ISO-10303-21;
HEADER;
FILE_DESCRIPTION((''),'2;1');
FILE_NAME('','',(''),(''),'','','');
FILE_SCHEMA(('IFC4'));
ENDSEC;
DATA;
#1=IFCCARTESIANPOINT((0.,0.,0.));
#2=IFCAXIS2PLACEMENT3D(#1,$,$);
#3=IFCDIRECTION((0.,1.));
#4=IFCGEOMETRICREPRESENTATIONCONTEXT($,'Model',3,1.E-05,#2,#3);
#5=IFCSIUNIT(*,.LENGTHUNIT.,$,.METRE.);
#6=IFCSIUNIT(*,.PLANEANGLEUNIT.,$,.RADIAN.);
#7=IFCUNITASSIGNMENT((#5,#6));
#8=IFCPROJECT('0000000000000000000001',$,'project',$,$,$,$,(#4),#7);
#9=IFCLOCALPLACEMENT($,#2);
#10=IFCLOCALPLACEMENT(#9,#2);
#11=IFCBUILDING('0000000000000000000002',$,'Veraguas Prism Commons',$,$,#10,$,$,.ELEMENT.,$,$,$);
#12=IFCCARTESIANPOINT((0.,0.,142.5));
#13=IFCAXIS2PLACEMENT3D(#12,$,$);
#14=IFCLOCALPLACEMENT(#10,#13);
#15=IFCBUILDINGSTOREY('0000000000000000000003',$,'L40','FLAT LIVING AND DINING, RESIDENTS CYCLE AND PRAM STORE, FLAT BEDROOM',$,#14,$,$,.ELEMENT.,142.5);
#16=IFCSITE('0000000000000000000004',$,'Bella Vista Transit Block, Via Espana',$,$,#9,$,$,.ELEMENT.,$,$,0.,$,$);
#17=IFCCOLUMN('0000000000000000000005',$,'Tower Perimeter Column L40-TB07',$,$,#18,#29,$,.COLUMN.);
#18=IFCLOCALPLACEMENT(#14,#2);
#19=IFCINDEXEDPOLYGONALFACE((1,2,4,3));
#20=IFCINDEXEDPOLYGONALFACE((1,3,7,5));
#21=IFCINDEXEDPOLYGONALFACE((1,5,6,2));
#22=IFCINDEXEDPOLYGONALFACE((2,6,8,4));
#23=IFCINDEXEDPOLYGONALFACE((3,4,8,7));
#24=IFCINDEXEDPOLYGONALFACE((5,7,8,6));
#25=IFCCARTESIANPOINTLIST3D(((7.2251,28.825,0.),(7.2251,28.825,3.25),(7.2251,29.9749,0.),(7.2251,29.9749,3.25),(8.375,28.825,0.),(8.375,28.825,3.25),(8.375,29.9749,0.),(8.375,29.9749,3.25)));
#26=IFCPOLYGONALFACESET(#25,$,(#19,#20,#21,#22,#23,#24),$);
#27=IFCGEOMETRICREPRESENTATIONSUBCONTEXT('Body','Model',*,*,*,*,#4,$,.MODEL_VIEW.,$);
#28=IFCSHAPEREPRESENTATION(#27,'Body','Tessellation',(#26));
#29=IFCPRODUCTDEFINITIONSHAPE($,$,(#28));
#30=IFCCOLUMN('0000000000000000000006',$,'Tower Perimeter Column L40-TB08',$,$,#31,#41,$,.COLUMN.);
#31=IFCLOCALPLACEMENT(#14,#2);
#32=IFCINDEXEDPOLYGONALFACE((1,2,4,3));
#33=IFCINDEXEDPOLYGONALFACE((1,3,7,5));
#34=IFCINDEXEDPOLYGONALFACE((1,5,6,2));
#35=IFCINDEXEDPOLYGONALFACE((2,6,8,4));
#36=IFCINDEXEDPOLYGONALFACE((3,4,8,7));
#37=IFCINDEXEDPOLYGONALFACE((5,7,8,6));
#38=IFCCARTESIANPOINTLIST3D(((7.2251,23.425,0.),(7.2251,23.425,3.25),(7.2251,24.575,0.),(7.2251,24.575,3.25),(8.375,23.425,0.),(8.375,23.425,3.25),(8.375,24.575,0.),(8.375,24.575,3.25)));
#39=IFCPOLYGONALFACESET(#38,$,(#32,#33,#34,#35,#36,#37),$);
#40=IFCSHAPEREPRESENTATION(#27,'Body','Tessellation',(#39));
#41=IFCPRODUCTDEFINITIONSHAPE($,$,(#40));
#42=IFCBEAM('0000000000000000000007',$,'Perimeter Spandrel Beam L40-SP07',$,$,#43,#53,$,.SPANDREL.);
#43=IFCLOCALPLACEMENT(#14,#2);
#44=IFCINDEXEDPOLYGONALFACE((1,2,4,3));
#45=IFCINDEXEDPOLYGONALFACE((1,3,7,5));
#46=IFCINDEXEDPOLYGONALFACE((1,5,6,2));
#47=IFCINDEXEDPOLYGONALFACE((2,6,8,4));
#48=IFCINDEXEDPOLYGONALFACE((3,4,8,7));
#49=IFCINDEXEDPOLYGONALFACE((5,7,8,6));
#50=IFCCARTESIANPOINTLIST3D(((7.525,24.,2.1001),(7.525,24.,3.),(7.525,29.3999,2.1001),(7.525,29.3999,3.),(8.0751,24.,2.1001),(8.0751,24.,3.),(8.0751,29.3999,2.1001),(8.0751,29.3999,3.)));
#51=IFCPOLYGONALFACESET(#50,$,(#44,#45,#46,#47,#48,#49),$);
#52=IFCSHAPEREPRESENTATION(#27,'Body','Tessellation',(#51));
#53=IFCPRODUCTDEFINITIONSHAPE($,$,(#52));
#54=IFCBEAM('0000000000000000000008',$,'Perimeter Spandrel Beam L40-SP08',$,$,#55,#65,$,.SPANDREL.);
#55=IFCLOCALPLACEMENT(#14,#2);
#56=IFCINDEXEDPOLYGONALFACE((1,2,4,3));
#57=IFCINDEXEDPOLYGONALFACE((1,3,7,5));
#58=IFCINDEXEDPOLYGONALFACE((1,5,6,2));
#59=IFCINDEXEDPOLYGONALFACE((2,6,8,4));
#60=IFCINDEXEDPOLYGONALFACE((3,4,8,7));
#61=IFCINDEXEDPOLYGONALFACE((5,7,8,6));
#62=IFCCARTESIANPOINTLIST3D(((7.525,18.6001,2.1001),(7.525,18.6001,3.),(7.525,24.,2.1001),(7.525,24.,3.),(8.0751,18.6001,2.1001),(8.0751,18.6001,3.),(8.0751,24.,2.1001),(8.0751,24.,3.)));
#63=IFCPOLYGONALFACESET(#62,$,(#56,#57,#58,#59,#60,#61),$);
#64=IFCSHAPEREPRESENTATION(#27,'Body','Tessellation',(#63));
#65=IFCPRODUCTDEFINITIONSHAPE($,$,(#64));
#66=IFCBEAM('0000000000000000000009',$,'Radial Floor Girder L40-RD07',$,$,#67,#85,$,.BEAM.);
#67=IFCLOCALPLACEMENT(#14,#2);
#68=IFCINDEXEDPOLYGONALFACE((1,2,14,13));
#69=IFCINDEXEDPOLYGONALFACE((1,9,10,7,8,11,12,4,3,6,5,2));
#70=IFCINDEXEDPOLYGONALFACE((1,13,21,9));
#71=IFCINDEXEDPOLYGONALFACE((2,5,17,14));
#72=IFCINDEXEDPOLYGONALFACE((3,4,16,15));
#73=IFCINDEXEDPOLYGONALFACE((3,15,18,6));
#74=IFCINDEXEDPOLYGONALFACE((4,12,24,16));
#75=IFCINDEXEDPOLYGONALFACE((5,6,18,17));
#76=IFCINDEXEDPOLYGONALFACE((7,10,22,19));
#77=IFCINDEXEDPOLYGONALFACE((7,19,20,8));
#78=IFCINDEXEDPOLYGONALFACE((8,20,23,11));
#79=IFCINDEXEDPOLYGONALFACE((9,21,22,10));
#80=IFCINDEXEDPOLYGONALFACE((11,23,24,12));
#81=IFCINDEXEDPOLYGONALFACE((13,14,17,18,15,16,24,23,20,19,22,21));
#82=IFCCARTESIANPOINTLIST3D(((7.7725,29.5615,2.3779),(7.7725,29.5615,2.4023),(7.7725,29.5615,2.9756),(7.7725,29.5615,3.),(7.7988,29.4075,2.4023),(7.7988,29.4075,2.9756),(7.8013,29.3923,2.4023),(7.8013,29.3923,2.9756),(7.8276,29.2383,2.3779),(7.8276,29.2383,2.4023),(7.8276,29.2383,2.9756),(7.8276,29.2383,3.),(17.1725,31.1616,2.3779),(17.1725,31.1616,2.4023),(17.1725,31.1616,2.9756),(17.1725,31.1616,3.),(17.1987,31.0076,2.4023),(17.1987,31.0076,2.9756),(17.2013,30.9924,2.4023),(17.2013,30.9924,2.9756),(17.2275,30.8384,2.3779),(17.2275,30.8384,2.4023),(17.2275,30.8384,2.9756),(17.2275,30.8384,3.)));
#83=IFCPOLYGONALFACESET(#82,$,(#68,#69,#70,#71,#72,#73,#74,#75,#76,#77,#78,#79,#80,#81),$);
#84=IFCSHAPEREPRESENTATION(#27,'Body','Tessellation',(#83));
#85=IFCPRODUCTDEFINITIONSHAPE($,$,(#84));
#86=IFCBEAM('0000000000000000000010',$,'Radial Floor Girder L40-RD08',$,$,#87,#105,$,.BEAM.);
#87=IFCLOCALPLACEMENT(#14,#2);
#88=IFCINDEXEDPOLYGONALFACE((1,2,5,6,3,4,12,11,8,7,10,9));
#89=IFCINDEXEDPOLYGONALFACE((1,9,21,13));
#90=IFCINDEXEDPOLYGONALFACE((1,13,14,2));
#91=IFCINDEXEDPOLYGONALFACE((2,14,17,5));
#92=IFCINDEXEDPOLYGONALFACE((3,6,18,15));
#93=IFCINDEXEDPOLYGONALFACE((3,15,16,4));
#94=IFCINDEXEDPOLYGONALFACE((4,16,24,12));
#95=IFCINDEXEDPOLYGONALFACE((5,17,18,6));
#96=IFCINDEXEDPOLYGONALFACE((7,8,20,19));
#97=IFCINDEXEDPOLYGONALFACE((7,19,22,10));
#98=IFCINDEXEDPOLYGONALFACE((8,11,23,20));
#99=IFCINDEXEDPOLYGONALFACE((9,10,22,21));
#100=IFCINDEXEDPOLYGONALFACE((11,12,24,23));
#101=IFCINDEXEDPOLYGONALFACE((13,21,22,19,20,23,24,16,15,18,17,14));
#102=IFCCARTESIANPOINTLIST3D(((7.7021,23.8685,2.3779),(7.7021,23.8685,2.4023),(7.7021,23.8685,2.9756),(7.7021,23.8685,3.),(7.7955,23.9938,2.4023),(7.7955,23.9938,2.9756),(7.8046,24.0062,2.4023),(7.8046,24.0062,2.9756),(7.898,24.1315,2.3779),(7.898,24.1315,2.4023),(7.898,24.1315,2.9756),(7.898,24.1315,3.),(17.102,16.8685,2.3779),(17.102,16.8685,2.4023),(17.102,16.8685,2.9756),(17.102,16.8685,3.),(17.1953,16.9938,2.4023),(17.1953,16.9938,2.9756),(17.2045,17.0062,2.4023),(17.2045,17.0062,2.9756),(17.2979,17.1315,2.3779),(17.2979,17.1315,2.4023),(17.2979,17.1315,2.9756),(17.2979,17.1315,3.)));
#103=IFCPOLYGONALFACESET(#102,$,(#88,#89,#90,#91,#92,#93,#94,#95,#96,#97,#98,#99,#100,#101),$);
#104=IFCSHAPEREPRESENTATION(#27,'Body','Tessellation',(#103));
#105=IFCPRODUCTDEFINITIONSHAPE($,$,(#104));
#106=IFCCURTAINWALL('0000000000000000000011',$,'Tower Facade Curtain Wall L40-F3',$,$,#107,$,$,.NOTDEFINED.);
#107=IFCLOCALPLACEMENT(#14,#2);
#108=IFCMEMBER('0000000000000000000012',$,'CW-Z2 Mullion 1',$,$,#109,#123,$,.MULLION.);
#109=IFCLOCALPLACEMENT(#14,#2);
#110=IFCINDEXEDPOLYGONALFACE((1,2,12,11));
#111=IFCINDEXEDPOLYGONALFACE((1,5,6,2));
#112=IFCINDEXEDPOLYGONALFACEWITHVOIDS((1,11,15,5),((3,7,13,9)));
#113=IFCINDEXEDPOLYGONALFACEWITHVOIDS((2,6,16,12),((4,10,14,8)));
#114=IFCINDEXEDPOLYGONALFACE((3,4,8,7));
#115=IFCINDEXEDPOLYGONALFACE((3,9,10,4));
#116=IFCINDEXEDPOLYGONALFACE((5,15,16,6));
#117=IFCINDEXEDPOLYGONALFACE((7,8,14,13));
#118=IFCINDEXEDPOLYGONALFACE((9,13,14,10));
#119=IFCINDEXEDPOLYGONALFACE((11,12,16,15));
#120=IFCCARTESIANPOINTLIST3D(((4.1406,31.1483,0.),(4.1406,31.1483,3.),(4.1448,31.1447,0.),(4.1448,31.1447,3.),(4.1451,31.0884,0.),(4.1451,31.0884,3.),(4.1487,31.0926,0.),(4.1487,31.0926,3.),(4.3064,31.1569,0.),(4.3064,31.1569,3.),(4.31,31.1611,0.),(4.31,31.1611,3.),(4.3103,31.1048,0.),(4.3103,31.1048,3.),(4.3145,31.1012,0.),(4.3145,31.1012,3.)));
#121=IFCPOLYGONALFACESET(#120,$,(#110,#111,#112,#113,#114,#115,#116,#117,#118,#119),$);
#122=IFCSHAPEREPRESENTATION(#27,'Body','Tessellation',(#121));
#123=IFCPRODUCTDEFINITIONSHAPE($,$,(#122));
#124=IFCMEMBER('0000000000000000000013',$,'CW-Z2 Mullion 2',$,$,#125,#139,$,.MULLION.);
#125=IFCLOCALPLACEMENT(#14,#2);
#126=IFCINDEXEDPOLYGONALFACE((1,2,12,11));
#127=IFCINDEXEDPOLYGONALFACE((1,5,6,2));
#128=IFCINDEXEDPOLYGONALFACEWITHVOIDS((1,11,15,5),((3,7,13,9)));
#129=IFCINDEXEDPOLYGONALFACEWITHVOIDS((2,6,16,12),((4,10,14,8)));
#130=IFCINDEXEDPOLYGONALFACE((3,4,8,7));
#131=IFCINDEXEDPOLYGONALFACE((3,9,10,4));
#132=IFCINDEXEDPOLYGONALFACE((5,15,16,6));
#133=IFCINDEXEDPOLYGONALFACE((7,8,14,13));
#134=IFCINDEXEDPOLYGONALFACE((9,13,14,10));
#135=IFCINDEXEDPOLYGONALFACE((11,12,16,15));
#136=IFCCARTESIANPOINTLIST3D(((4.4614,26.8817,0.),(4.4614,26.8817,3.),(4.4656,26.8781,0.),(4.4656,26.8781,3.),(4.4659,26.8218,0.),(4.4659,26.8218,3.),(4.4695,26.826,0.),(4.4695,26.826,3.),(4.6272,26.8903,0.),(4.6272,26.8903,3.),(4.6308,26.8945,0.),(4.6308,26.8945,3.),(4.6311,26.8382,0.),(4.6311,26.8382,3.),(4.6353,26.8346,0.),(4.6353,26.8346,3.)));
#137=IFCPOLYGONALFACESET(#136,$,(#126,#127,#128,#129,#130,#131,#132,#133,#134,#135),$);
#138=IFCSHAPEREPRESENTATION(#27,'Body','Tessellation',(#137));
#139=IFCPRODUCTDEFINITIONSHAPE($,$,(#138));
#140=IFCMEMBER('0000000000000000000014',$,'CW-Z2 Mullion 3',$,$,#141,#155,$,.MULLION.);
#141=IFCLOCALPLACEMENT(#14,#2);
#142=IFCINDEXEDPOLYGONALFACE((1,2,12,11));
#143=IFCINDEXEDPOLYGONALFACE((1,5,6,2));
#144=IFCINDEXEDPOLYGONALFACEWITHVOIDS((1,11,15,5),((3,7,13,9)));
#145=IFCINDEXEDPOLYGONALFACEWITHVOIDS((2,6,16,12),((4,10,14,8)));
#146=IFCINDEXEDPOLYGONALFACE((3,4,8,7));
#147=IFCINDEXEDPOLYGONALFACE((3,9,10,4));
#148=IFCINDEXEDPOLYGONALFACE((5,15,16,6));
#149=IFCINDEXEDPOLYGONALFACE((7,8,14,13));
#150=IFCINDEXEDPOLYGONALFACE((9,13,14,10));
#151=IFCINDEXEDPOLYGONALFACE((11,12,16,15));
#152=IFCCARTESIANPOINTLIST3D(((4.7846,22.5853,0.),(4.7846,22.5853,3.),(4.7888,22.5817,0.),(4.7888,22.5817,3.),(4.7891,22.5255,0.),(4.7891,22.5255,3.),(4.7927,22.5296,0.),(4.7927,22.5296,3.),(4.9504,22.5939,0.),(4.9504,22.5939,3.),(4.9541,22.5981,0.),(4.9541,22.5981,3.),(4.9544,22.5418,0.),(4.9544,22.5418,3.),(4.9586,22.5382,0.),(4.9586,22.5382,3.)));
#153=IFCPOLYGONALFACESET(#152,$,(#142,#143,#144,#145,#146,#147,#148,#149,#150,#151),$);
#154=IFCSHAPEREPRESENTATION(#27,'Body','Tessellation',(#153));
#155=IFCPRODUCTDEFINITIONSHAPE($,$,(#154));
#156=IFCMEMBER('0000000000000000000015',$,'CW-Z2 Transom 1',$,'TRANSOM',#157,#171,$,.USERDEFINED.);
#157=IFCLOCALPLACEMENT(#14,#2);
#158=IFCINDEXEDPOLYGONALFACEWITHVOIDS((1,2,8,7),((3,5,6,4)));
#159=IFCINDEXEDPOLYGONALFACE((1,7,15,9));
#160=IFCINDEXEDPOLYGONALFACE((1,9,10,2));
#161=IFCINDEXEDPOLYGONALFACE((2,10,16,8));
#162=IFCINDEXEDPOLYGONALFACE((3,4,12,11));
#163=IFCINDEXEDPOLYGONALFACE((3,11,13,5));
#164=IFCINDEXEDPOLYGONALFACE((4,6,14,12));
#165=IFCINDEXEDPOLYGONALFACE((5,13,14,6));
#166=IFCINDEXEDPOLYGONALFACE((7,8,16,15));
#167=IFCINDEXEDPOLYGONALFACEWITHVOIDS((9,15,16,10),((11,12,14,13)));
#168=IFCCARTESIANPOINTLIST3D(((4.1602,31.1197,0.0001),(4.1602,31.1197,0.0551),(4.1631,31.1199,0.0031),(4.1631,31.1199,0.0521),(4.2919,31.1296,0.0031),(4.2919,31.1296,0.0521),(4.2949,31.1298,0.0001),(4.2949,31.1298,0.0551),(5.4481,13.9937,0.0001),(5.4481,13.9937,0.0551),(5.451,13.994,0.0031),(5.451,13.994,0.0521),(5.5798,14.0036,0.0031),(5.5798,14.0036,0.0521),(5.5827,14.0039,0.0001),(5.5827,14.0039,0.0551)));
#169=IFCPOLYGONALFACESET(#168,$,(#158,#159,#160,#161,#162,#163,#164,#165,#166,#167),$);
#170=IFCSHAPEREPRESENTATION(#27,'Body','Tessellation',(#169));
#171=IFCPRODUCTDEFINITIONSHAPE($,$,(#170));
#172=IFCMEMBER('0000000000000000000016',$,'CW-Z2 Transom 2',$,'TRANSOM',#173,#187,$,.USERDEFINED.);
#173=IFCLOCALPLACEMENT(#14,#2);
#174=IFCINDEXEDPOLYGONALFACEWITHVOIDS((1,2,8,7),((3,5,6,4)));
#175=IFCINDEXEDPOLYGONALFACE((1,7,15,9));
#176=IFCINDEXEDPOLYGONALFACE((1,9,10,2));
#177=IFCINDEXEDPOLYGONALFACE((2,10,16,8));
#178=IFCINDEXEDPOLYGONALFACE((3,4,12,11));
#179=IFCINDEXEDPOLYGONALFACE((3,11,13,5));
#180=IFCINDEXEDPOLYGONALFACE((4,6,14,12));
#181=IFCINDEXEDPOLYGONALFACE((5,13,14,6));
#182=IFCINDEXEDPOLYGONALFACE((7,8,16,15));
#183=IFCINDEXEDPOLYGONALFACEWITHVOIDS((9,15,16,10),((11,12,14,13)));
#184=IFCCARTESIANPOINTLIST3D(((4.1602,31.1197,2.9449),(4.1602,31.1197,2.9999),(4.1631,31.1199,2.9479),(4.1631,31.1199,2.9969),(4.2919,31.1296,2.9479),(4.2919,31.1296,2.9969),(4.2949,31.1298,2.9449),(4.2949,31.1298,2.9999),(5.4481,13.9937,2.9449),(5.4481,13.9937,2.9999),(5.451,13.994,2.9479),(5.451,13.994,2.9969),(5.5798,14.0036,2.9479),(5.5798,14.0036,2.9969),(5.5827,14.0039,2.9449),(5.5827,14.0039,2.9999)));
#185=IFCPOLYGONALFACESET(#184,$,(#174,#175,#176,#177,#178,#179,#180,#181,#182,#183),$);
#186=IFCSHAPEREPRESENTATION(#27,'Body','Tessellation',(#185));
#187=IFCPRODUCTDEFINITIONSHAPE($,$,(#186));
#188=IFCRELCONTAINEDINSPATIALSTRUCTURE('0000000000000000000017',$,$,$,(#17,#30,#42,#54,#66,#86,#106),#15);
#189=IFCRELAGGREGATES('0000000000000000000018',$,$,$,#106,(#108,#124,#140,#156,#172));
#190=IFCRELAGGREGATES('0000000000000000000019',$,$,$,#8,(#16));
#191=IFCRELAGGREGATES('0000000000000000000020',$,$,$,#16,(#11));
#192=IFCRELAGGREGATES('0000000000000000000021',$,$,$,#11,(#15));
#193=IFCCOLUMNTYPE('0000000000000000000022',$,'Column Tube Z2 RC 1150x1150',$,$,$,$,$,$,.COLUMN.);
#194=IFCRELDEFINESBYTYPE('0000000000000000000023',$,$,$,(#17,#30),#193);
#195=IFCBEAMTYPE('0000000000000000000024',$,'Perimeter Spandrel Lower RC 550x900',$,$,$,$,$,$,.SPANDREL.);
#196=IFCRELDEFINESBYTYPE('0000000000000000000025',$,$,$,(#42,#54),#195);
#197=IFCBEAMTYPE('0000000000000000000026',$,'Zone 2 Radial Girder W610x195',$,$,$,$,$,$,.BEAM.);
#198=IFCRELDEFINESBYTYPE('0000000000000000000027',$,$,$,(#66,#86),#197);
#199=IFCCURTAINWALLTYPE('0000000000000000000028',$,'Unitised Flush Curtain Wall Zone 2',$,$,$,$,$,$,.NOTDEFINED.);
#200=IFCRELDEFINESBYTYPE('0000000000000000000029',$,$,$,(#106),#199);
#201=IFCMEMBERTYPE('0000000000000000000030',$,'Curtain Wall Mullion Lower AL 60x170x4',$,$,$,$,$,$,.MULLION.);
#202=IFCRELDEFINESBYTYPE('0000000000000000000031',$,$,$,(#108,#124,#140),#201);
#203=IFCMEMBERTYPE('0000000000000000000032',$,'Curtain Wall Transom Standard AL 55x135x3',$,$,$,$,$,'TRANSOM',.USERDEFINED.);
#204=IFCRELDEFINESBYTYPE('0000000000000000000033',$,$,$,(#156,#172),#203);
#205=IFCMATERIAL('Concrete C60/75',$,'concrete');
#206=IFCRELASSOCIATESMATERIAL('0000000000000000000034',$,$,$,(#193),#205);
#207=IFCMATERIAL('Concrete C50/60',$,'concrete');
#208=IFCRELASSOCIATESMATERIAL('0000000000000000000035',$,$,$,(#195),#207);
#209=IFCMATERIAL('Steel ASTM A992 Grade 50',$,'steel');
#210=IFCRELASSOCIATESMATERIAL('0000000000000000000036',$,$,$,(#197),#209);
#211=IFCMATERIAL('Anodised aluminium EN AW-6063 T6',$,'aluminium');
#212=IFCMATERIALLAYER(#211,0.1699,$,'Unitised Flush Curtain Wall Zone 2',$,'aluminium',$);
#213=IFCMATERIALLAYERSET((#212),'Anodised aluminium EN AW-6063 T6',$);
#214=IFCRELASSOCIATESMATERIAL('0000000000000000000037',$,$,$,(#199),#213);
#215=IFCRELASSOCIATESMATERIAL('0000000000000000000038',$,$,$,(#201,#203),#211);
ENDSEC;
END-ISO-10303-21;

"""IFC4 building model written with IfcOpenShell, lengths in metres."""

from ifc_helpers import new_model, si_unit, direction, frame, origin, origin_2d, place, context, subcontext, project, spatial, rectangle, hollow_rectangle, i_section, extrude, source, transform, mapped, material, layer, layer_set, material_profile, profile_set, type_object, element, aggregate, save


model = new_model("IFC4")

# Units and contexts
model_context = context("Model", 3, precision=1e-05, world=origin(), true_north=direction((0.0, 1.0)))
body_context = subcontext(model_context, "Body", "Model", "MODEL_VIEW")
ifc_project = project(units=[si_unit("LENGTHUNIT", "METRE"), si_unit("PLANEANGLEUNIT", "RADIAN")], contexts=[model_context])

# Site, building, storey
site_placement = place(None, origin())
site = spatial("IfcSite", under=ifc_project, at=site_placement, Name="Bella Vista Transit Block, Via Espana", CompositionType="ELEMENT", RefElevation=0.0)
building_placement = place(site_placement, origin())
building = spatial("IfcBuilding", under=site, at=building_placement, Name="Veraguas Prism Commons", CompositionType="ELEMENT")
storey_placement = place(building_placement, frame((0.0, 0.0, 142.5)))
storey = spatial("IfcBuildingStorey", under=building, at=storey_placement, Name="L40", Description="FLAT LIVING AND DINING, RESIDENTS CYCLE AND PRAM STORE, FLAT BEDROOM", CompositionType="ELEMENT", Elevation=142.5)

# Columns
ifc_material_1 = material(Name="Concrete C60/75", Category="concrete")
ifc_material_profile_1 = material_profile(ifc_material_1, rectangle(XDim=1.1499, YDim=1.1499, at=origin_2d()), Name="RC1150X1150")
ifc_profile_set_1 = profile_set([ifc_material_profile_1], Name="Concrete C60/75")
column_type = type_object("IfcColumnType", Name="Column Tube Z2 RC 1150x1150", PredefinedType="COLUMN", material=ifc_profile_set_1)
for number, where, z_axis, x_axis, name in (
    (1, (7.8, 29.3999, 0.0), (0.0, 0.0, 1.0), (1.0, 0.0, 0.0), "Tower Perimeter Column L40-TB07"),
    (2, (7.8, 24.0, 0.0), (0.0, 0.0, 1.0), (1.0, 0.0, 0.0), "Tower Perimeter Column L40-TB08"),
):
    element("IfcColumn", number, at=place(storey_placement, frame(where, z_axis=z_axis, x_axis=x_axis)), inside=storey, type_object=column_type, Name=name, PredefinedType="COLUMN", context=body_context, shape_type="SweptSolid", body=[
        extrude(rectangle(XDim=1.1499, YDim=1.1499, at=origin_2d()), origin(), (0.0, 0.0, 1.0), 3.25),
    ])

# Beams
ifc_material_2 = material(Name="Concrete C50/60", Category="concrete")
ifc_material_profile_2 = material_profile(ifc_material_2, rectangle(XDim=0.55, YDim=0.8999, at=origin_2d()), Name="RC550X900")
ifc_profile_set_2 = profile_set([ifc_material_profile_2], Name="Concrete C50/60")
beam_type_1 = type_object("IfcBeamType", Name="Perimeter Spandrel Lower RC 550x900", PredefinedType="SPANDREL", material=ifc_profile_set_2)
for number, where, z_axis, x_axis, name in (
    (3, (7.8, 29.3999, 2.55), (0.0, -1.0, 0.0), (1.0, 0.0, 0.0), "Perimeter Spandrel Beam L40-SP07"),
    (4, (7.8, 24.0, 2.55), (0.0, -1.0, 0.0), (1.0, 0.0, 0.0), "Perimeter Spandrel Beam L40-SP08"),
):
    element("IfcBeam", number, at=place(storey_placement, frame(where, z_axis=z_axis, x_axis=x_axis)), inside=storey, type_object=beam_type_1, Name=name, PredefinedType="SPANDREL", context=body_context, shape_type="SweptSolid", body=[
        extrude(rectangle(XDim=0.55, YDim=0.8999, at=origin_2d()), origin(), (0.0, 0.0, 1.0), 5.3999),
    ])
ifc_material_3 = material(Name="Steel ASTM A992 Grade 50", Category="steel")
ifc_material_profile_3 = material_profile(ifc_material_3, i_section(OverallWidth=0.3279, OverallDepth=0.6221, WebThickness=0.0154, FlangeThickness=0.0244, at=origin_2d()), Name="W610X195")
ifc_profile_set_3 = profile_set([ifc_material_profile_3], Name="Steel ASTM A992 Grade 50")
beam_type_2 = type_object("IfcBeamType", Name="Zone 2 Radial Girder W610x195", PredefinedType="BEAM", material=ifc_profile_set_3)
beam_1_placement = place(storey_placement, frame((7.8, 29.3999, 2.689), z_axis=(0.985819, 0.167811, 0.0), x_axis=(-0.167811, 0.985819, 0.0)))
element("IfcBeam", 5, at=beam_1_placement, inside=storey, type_object=beam_type_2, Name="Radial Floor Girder L40-RD07", PredefinedType="BEAM", context=body_context, shape_type="SweptSolid", body=[
    extrude(i_section(OverallWidth=0.3279, OverallDepth=0.6221, WebThickness=0.0154, FlangeThickness=0.0244, at=origin_2d()), origin(), (0.0, 0.0, 1.0), 9.5352),
])
beam_2_placement = place(storey_placement, frame((7.8, 24.0, 2.689), z_axis=(0.80204, -0.59727, 0.0), x_axis=(0.59727, 0.80204, 0.0)))
element("IfcBeam", 6, at=beam_2_placement, inside=storey, type_object=beam_type_2, Name="Radial Floor Girder L40-RD08", PredefinedType="BEAM", context=body_context, shape_type="SweptSolid", body=[
    extrude(i_section(OverallWidth=0.3279, OverallDepth=0.6221, WebThickness=0.0154, FlangeThickness=0.0244, at=origin_2d()), origin(), (0.0, 0.0, 1.0), 11.72),
])

# Curtain wall, members
ifc_material_4 = material(Name="Anodised aluminium EN AW-6063 T6", Category="aluminium")
ifc_layer_1 = layer(ifc_material_4, 0.1699, Name="Unitised Flush Curtain Wall Zone 2", Category="aluminium")
ifc_layer_set_1 = layer_set([ifc_layer_1], Name="Anodised aluminium EN AW-6063 T6")
curtain_wall_type = type_object("IfcCurtainWallType", Name="Unitised Flush Curtain Wall Zone 2", PredefinedType="NOTDEFINED", material=ifc_layer_set_1)
curtain_wall_placement = place(storey_placement, origin())
curtain_wall = element("IfcCurtainWall", 7, at=curtain_wall_placement, inside=storey, type_object=curtain_wall_type, Name="Tower Facade Curtain Wall L40-F3", PredefinedType="NOTDEFINED")
ifc_material_profile_4 = material_profile(ifc_material_4, hollow_rectangle(XDim=0.0601, YDim=0.1699, WallThickness=0.0039, at=origin_2d()), Name="AL60X170X4")
ifc_profile_set_4 = profile_set([ifc_material_profile_4], Name="Anodised aluminium EN AW-6063 T6")
member_type_1 = type_object("IfcMemberType", Name="Curtain Wall Mullion Lower AL 60x170x4", PredefinedType="MULLION", material=ifc_profile_set_4)
shared_shape_1 = source(origin(), body_context, "Body", "SweptSolid", [
    extrude(hollow_rectangle(XDim=0.0601, YDim=0.1699, WallThickness=0.0039, at=origin_2d()), origin(), (0.0, 0.0, 1.0), 3.0),
])
member_1_placement = place(storey_placement, frame((4.2275, 31.1248, 0.0), z_axis=(0.0, 0.0, 1.0), x_axis=(0.074979, -0.997185, 0.0)))
member_1 = element("IfcMember", 8, at=member_1_placement, type_object=member_type_1, Name="CW-Z2 Mullion 1", PredefinedType="MULLION", context=body_context, shape_type="MappedRepresentation", body=[
    mapped(shared_shape_1, transform((0.0, 0.0, 0.0), scale=1.0)),
])
member_2_placement = place(storey_placement, frame((4.5483, 26.8582, 0.0), z_axis=(0.0, 0.0, 1.0), x_axis=(0.074979, -0.997185, 0.0)))
member_2 = element("IfcMember", 9, at=member_2_placement, type_object=member_type_1, Name="CW-Z2 Mullion 2", PredefinedType="MULLION", context=body_context, shape_type="MappedRepresentation", body=[
    mapped(shared_shape_1, transform((0.0, 0.0, 0.0), scale=1.0)),
])
member_3_placement = place(storey_placement, frame((4.8716, 22.5618, 0.0), z_axis=(0.0, 0.0, 1.0), x_axis=(0.074979, -0.997185, 0.0)))
member_3 = element("IfcMember", 10, at=member_3_placement, type_object=member_type_1, Name="CW-Z2 Mullion 3", PredefinedType="MULLION", context=body_context, shape_type="MappedRepresentation", body=[
    mapped(shared_shape_1, transform((0.0, 0.0, 0.0), scale=1.0)),
])
ifc_material_profile_5 = material_profile(ifc_material_4, hollow_rectangle(XDim=0.0549, YDim=0.135, WallThickness=0.0029, at=origin_2d()), Name="AL55X135X3")
ifc_profile_set_5 = profile_set([ifc_material_profile_5], Name="Anodised aluminium EN AW-6063 T6")
member_type_2 = type_object("IfcMemberType", Name="Curtain Wall Transom Standard AL 55x135x3", ElementType="TRANSOM", PredefinedType="USERDEFINED", material=ifc_profile_set_5)
shared_shape_2 = source(origin(), body_context, "Body", "SweptSolid", [
    extrude(hollow_rectangle(XDim=0.0549, YDim=0.135, WallThickness=0.0029, at=origin_2d()), origin(), (0.0, 0.0, 1.0), 17.1743),
])
member_4_placement = place(storey_placement, frame((4.2275, 31.1248, 0.0276), z_axis=(0.074986, -0.997185, 0.0), x_axis=(0.0, 0.0, 1.0)))
member_4 = element("IfcMember", 11, at=member_4_placement, type_object=member_type_2, Name="CW-Z2 Transom 1", ObjectType="TRANSOM", PredefinedType="USERDEFINED", context=body_context, shape_type="MappedRepresentation", body=[
    mapped(shared_shape_2, transform((0.0, 0.0, 0.0), scale=1.0)),
])
member_5_placement = place(storey_placement, frame((4.2275, 31.1248, 2.9724), z_axis=(0.074986, -0.997185, 0.0), x_axis=(0.0, 0.0, 1.0)))
member_5 = element("IfcMember", 12, at=member_5_placement, type_object=member_type_2, Name="CW-Z2 Transom 2", ObjectType="TRANSOM", PredefinedType="USERDEFINED", context=body_context, shape_type="MappedRepresentation", body=[
    mapped(shared_shape_2, transform((0.0, 0.0, 0.0), scale=1.0)),
])
aggregate(curtain_wall, [member_1, member_2, member_3, member_4, member_5])

save(model, "model.ifc")
